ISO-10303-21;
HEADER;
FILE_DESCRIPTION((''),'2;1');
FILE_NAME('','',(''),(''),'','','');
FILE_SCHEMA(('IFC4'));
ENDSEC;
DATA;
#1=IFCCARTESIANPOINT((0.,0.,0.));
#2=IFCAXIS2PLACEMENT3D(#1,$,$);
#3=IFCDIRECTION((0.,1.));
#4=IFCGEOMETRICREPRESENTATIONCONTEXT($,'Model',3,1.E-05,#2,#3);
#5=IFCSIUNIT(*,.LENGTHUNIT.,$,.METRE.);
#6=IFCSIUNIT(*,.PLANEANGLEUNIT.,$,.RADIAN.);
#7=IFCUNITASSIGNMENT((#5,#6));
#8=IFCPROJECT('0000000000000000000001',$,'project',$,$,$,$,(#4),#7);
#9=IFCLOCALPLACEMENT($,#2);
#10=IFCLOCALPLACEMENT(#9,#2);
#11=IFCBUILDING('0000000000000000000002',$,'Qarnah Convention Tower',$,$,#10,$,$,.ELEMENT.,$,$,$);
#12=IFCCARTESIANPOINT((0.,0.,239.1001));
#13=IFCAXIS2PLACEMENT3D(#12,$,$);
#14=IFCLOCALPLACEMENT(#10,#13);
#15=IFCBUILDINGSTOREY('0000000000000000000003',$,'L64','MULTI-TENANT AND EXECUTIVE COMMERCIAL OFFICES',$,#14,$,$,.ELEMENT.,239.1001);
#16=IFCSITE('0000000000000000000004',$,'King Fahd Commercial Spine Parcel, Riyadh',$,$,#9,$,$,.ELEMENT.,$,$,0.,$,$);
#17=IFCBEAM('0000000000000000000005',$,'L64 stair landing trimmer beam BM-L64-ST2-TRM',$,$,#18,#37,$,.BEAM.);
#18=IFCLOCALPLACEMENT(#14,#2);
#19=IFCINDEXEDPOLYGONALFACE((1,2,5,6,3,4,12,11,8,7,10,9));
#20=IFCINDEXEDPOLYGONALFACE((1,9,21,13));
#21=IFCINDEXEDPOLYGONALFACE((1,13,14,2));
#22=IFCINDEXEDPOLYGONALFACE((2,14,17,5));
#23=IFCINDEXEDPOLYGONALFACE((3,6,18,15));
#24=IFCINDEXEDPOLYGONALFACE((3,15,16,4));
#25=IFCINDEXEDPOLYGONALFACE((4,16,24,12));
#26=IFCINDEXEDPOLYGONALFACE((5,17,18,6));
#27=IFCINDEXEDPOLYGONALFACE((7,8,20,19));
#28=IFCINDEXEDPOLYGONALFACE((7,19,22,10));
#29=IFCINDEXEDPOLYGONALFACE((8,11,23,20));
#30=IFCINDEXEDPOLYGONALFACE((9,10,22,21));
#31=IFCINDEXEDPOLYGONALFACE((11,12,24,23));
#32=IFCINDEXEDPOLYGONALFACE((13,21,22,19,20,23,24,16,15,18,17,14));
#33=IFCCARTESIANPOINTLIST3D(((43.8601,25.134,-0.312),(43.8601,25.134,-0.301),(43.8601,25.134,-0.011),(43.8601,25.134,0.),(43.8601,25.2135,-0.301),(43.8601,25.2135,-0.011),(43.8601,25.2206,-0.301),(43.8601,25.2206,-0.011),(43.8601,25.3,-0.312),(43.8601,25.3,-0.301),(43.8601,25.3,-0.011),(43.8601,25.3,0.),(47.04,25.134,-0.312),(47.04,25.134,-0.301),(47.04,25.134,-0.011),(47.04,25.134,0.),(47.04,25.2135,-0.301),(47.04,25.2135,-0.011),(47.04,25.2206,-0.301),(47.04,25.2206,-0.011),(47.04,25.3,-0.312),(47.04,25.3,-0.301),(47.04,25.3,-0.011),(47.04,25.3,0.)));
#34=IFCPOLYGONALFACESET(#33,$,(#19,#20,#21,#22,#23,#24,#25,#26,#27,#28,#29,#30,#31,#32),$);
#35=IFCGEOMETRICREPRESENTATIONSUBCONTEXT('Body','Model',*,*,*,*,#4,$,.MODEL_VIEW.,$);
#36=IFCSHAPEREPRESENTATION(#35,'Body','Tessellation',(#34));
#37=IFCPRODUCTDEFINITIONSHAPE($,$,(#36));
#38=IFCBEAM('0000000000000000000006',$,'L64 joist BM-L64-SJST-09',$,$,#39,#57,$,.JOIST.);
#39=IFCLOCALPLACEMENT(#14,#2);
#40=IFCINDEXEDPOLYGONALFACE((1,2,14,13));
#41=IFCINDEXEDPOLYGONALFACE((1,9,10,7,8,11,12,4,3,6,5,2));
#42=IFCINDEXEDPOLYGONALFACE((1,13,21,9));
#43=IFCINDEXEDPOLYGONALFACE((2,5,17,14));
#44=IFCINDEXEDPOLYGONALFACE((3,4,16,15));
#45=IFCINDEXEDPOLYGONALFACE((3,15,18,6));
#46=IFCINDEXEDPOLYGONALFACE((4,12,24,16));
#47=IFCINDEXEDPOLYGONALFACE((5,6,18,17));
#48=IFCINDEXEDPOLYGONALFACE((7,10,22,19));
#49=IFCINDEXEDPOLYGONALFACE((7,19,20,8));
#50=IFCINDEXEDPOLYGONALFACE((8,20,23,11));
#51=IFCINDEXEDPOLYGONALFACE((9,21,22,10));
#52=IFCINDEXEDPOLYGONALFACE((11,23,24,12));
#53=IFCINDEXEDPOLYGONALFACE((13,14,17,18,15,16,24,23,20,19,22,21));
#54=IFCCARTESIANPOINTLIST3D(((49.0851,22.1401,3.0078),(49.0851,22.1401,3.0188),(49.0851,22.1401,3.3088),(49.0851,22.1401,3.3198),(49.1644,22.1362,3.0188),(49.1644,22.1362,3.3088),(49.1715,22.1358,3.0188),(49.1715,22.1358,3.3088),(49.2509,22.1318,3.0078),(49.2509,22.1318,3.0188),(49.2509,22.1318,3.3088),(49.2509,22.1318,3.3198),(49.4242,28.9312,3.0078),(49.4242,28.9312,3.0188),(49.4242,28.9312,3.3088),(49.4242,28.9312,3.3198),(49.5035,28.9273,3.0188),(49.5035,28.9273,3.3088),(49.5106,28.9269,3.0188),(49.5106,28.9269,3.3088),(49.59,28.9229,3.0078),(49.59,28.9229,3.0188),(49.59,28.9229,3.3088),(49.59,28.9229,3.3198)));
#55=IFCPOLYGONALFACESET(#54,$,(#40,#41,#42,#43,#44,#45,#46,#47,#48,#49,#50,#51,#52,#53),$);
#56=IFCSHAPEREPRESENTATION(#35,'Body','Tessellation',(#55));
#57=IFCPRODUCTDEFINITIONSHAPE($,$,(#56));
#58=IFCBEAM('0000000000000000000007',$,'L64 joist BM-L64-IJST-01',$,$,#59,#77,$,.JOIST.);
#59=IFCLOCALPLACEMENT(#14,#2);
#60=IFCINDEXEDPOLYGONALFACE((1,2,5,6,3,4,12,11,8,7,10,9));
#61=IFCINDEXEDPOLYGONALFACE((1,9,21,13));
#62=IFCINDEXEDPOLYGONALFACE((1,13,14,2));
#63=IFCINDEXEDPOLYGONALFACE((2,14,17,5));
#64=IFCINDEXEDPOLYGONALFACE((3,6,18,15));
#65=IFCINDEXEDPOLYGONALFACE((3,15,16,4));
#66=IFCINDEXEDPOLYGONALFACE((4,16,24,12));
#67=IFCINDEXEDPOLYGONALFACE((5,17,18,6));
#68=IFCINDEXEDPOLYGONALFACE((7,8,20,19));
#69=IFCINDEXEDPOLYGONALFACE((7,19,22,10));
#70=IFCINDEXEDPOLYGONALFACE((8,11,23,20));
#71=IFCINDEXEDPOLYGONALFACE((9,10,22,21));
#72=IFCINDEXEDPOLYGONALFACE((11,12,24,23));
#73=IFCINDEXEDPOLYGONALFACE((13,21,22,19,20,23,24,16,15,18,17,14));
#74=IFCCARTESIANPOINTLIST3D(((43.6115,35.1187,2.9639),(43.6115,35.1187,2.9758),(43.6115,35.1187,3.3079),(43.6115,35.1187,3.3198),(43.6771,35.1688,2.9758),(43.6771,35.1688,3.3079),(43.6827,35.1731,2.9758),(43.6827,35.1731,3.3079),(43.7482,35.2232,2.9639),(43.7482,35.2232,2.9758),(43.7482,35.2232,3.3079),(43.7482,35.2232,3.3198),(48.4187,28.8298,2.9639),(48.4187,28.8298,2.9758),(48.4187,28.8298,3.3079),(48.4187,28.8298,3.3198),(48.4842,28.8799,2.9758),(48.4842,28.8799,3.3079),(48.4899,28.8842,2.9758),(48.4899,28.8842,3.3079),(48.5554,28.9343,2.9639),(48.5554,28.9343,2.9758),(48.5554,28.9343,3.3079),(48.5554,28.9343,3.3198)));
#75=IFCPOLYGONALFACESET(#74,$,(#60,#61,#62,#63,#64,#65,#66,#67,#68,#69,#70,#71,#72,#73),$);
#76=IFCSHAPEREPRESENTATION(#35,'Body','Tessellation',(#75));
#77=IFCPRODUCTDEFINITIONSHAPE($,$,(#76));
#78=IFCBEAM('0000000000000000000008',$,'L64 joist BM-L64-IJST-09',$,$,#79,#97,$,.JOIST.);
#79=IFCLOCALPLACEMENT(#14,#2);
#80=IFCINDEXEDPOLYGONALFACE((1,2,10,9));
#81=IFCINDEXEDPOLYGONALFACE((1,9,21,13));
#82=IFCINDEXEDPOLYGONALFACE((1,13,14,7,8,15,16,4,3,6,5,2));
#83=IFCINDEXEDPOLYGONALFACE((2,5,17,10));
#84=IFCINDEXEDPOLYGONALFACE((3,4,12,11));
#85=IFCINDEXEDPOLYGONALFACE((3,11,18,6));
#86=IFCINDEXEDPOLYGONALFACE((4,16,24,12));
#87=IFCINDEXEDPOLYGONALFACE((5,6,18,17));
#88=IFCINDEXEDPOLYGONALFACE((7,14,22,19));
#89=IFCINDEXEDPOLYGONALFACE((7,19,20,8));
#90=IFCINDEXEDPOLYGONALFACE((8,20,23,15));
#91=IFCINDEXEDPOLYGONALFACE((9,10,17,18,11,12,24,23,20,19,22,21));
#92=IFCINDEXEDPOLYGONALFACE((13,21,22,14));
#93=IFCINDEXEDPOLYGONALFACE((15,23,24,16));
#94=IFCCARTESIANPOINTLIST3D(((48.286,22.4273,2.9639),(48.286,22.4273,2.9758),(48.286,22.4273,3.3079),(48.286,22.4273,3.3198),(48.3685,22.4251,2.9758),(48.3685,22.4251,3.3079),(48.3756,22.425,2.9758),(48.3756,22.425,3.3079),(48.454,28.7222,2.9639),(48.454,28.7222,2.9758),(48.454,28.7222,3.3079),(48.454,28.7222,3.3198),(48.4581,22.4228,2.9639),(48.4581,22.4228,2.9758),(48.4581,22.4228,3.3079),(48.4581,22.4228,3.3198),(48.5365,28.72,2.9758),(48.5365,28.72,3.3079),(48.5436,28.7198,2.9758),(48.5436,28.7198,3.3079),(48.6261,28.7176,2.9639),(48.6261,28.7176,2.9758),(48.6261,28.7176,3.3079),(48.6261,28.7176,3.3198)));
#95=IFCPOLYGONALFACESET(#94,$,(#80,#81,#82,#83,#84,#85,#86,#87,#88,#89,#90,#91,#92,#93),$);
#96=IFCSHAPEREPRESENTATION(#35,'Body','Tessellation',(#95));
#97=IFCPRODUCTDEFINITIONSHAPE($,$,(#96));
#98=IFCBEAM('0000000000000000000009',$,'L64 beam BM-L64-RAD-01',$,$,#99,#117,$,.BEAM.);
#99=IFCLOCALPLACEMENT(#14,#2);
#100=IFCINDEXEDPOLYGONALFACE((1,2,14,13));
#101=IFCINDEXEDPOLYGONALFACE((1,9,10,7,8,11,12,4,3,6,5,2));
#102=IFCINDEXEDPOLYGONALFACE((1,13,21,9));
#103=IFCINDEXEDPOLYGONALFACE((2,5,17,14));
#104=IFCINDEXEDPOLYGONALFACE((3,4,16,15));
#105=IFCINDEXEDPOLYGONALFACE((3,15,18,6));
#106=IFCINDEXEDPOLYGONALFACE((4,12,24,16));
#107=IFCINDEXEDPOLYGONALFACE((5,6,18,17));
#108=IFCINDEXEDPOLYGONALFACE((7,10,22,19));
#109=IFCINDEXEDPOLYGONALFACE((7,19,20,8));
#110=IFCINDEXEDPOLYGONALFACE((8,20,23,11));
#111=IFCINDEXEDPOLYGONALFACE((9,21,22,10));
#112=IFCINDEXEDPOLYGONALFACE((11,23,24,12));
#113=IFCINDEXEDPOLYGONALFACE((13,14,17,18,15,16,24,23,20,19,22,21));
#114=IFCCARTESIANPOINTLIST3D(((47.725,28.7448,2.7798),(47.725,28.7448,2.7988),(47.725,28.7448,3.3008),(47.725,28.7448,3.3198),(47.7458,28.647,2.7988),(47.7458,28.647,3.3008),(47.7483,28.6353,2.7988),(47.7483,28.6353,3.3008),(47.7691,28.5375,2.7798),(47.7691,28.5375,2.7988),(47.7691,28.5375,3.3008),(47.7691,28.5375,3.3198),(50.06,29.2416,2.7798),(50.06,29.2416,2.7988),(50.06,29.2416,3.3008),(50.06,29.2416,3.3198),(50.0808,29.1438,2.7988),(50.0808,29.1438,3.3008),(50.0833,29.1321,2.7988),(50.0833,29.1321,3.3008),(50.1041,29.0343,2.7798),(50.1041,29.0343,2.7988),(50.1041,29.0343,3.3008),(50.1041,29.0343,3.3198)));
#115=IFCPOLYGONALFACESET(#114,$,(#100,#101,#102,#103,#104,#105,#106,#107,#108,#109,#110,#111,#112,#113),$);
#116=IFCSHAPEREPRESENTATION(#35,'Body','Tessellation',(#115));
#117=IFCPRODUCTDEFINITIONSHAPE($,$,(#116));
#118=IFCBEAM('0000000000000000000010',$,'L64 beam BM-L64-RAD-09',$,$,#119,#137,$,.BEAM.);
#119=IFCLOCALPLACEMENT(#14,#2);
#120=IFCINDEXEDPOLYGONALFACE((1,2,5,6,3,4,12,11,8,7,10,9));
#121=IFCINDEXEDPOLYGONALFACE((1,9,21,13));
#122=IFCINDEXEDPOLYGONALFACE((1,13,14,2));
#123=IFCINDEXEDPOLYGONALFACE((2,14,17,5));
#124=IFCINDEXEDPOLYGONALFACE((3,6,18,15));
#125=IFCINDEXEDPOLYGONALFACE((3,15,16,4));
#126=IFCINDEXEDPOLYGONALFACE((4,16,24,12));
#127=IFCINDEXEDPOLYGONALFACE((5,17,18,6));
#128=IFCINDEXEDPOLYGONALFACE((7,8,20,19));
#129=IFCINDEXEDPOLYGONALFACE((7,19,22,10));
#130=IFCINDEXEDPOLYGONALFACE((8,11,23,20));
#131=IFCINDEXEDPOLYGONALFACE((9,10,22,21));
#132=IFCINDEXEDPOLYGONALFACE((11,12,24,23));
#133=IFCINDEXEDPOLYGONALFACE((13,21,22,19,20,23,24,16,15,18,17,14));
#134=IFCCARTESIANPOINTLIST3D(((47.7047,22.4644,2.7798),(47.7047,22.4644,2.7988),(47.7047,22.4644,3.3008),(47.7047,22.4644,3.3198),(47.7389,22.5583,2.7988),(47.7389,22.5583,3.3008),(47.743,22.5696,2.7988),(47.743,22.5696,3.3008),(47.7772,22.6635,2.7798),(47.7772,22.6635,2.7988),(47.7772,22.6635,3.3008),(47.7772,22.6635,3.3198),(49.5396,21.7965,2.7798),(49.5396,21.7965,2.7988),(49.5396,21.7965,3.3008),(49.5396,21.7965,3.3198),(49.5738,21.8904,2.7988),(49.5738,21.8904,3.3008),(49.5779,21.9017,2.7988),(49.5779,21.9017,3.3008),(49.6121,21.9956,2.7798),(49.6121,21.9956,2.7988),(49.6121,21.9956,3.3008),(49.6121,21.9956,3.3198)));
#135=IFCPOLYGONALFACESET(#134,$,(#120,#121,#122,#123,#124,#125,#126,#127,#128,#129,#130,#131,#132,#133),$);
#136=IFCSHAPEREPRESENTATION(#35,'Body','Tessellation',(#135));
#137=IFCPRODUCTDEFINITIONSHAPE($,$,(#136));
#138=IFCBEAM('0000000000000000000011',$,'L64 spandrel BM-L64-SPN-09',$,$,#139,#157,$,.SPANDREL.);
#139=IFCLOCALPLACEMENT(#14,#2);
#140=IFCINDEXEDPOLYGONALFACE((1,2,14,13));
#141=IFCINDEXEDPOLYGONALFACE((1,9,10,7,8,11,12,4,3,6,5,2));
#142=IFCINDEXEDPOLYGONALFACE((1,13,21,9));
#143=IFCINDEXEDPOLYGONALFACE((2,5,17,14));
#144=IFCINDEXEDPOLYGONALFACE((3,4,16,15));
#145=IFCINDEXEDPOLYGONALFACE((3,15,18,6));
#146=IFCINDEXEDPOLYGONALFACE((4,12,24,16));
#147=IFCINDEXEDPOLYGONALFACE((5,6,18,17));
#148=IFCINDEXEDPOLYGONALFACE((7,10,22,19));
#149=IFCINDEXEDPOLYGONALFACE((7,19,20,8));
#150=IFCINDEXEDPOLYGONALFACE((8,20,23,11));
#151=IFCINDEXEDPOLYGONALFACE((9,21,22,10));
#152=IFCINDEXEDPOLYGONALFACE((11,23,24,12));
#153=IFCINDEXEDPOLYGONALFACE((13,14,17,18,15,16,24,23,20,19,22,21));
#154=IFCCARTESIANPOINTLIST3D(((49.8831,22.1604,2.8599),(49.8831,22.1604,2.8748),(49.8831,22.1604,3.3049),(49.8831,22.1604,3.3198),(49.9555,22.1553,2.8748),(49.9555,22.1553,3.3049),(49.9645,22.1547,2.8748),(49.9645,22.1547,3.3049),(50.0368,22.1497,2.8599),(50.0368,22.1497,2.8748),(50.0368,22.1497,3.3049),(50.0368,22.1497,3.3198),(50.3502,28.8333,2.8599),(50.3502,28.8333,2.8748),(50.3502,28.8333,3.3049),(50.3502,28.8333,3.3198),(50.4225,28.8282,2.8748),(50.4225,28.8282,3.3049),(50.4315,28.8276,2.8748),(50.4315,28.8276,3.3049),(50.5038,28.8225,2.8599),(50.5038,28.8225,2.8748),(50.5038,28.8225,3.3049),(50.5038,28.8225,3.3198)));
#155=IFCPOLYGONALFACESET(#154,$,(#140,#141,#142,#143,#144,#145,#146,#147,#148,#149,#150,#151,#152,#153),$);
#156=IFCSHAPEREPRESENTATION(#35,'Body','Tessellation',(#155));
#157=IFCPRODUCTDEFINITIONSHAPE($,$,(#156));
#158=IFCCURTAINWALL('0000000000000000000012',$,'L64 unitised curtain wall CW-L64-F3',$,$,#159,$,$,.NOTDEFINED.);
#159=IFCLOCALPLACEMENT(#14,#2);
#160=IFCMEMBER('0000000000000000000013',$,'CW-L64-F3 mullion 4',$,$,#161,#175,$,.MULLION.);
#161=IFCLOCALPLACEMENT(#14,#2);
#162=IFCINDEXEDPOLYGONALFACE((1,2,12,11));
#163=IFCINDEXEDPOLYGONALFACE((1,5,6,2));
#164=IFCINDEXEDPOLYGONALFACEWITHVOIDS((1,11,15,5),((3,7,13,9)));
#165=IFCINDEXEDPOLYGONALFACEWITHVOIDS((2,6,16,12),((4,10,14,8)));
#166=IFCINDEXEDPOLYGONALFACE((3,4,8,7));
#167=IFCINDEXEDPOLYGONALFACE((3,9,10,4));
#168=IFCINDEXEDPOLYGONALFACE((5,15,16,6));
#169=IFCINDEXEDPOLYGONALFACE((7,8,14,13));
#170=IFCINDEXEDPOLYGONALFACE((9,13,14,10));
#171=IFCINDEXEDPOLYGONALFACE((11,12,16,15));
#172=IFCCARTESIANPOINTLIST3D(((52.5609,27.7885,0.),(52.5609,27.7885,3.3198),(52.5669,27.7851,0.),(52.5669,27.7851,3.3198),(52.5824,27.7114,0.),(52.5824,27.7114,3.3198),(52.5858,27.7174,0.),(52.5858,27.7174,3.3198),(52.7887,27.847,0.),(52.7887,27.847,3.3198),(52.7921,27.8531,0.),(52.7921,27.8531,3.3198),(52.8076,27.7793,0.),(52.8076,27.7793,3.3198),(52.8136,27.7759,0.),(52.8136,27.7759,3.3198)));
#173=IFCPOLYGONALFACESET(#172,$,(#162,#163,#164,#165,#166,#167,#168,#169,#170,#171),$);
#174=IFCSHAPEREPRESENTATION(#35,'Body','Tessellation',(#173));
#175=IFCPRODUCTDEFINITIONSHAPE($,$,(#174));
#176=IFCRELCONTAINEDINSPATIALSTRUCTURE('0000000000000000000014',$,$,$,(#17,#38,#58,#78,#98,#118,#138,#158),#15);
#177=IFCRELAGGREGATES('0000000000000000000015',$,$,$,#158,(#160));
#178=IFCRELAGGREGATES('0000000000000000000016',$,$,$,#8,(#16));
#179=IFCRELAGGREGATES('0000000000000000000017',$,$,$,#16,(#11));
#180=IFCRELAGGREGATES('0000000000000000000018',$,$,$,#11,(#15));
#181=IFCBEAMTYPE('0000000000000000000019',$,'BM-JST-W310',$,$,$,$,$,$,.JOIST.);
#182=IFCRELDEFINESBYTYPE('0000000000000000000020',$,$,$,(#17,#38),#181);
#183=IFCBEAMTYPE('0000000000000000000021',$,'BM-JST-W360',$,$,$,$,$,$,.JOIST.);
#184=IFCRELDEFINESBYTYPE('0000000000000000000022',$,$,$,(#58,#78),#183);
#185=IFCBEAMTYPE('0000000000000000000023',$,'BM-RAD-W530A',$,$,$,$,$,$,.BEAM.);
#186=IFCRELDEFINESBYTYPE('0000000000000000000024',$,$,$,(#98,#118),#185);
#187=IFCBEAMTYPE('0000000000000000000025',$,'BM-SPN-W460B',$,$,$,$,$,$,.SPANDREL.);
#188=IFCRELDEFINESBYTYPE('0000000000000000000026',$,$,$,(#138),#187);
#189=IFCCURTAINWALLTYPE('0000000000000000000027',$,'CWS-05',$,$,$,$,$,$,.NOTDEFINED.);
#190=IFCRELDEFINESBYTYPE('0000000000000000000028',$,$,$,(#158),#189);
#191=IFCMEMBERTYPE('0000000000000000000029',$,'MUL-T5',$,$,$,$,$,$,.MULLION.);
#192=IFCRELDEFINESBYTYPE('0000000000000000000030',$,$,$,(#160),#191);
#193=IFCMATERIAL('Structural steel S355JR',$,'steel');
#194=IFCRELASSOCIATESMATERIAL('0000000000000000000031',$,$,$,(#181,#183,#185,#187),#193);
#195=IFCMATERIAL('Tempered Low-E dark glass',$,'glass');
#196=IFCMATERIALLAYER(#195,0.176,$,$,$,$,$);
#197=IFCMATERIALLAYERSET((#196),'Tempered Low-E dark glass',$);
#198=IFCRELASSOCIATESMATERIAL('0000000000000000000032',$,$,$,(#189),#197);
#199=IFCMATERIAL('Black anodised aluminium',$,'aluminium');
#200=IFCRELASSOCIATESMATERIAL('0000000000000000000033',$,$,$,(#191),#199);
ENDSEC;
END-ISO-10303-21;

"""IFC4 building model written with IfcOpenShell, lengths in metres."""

from ifc_helpers import new_model, si_unit, direction, frame, origin, origin_2d, place, context, subcontext, project, spatial, hollow_rectangle, i_section, extrude, material, layer, layer_set, material_profile, profile_set, type_object, element, aggregate, save


model = new_model("IFC4")

# Units and contexts
model_context = context("Model", 3, precision=1e-05, world=origin(), true_north=direction((0.0, 1.0)))
body_context = subcontext(model_context, "Body", "Model", "MODEL_VIEW")
ifc_project = project(units=[si_unit("LENGTHUNIT", "METRE"), si_unit("PLANEANGLEUNIT", "RADIAN")], contexts=[model_context])

# Site, building, storey
site_placement = place(None, origin())
site = spatial("IfcSite", under=ifc_project, at=site_placement, Name="King Fahd Commercial Spine Parcel, Riyadh", CompositionType="ELEMENT", RefElevation=0.0)
building_placement = place(site_placement, origin())
building = spatial("IfcBuilding", under=site, at=building_placement, Name="Qarnah Convention Tower", CompositionType="ELEMENT")
storey_placement = place(building_placement, frame((0.0, 0.0, 239.1001)))
storey = spatial("IfcBuildingStorey", under=building, at=storey_placement, Name="L64", Description="MULTI-TENANT AND EXECUTIVE COMMERCIAL OFFICES", CompositionType="ELEMENT", Elevation=239.1001)

# Beams
ifc_material_1 = material(Name="Structural steel S355JR", Category="steel")
ifc_material_profile_1 = material_profile(ifc_material_1, i_section(OverallWidth=0.166, OverallDepth=0.312, WebThickness=0.0071, FlangeThickness=0.011, at=origin_2d()), Name="W310X45")
ifc_profile_set_1 = profile_set([ifc_material_profile_1], Name="Structural steel S355JR")
beam_type_1 = type_object("IfcBeamType", Name="BM-JST-W310", PredefinedType="JOIST", material=ifc_profile_set_1)
beam_1_placement = place(storey_placement, frame((43.8601, 25.217, -0.156), z_axis=(1.0, 0.0, 0.0), x_axis=(0.0, 1.0, 0.0)))
element("IfcBeam", 1, at=beam_1_placement, inside=storey, type_object=beam_type_1, Name="L64 stair landing trimmer beam BM-L64-ST2-TRM", PredefinedType="BEAM", context=body_context, shape_type="SweptSolid", body=[
    extrude(i_section(OverallWidth=0.166, OverallDepth=0.312, WebThickness=0.0071, FlangeThickness=0.011, at=origin_2d()), origin(), (0.0, 0.0, 1.0), 3.1799),
])
beam_2_placement = place(storey_placement, frame((49.168, 22.136, 3.1638), z_axis=(0.049873, 0.998756, 0.0), x_axis=(-0.998756, 0.049873, 0.0)))
element("IfcBeam", 2, at=beam_2_placement, inside=storey, type_object=beam_type_1, Name="L64 joist BM-L64-SJST-09", PredefinedType="JOIST", context=body_context, shape_type="SweptSolid", body=[
    extrude(i_section(OverallWidth=0.166, OverallDepth=0.312, WebThickness=0.0071, FlangeThickness=0.011, at=origin_2d()), origin(), (0.0, 0.0, 1.0), 6.7996),
])
ifc_material_profile_2 = material_profile(ifc_material_1, i_section(OverallWidth=0.1721, OverallDepth=0.356, WebThickness=0.0071, FlangeThickness=0.012, at=origin_2d()), Name="W360X51")
ifc_profile_set_2 = profile_set([ifc_material_profile_2], Name="Structural steel S355JR")
beam_type_2 = type_object("IfcBeamType", Name="BM-JST-W360", PredefinedType="JOIST", material=ifc_profile_set_2)
beam_3_placement = place(storey_placement, frame((48.4871, 28.8821, 3.1418), z_axis=(-0.607293, 0.794478, 0.0), x_axis=(-0.794478, -0.607293, 0.0)))
element("IfcBeam", 3, at=beam_3_placement, inside=storey, type_object=beam_type_2, Name="L64 joist BM-L64-IJST-01", PredefinedType="JOIST", context=body_context, shape_type="SweptSolid", body=[
    extrude(i_section(OverallWidth=0.1721, OverallDepth=0.356, WebThickness=0.0071, FlangeThickness=0.012, at=origin_2d()), origin(), (0.0, 0.0, 1.0), 7.9158),
])
beam_4_placement = place(storey_placement, frame((48.3721, 22.425, 3.1418), z_axis=(0.026674, 0.999644, 0.0), x_axis=(-0.999644, 0.026674, 0.0)))
element("IfcBeam", 4, at=beam_4_placement, inside=storey, type_object=beam_type_2, Name="L64 joist BM-L64-IJST-09", PredefinedType="JOIST", context=body_context, shape_type="SweptSolid", body=[
    extrude(i_section(OverallWidth=0.1721, OverallDepth=0.356, WebThickness=0.0071, FlangeThickness=0.012, at=origin_2d()), origin(), (0.0, 0.0, 1.0), 6.2971),
])
ifc_material_profile_3 = material_profile(ifc_material_1, i_section(OverallWidth=0.2119, OverallDepth=0.54, WebThickness=0.012, FlangeThickness=0.019, at=origin_2d()), Name="W530X109")
ifc_profile_set_3 = profile_set([ifc_material_profile_3], Name="Structural steel S355JR")
beam_type_3 = type_object("IfcBeamType", Name="BM-RAD-W530A", PredefinedType="BEAM", material=ifc_profile_set_3)
beam_5_placement = place(storey_placement, frame((47.7471, 28.6411, 3.0498), z_axis=(0.978104, 0.208118, 0.0), x_axis=(-0.208118, 0.978104, 0.0)))
element("IfcBeam", 5, at=beam_5_placement, inside=storey, type_object=beam_type_3, Name="L64 beam BM-L64-RAD-01", PredefinedType="BEAM", context=body_context, shape_type="SweptSolid", body=[
    extrude(i_section(OverallWidth=0.2119, OverallDepth=0.54, WebThickness=0.012, FlangeThickness=0.019, at=origin_2d()), origin(), (0.0, 0.0, 1.0), 2.3872),
])
beam_6_placement = place(storey_placement, frame((47.741, 22.564, 3.0498), z_axis=(0.939677, -0.342064, 0.0), x_axis=(0.342064, 0.939677, 0.0)))
element("IfcBeam", 6, at=beam_6_placement, inside=storey, type_object=beam_type_3, Name="L64 beam BM-L64-RAD-09", PredefinedType="BEAM", context=body_context, shape_type="SweptSolid", body=[
    extrude(i_section(OverallWidth=0.2119, OverallDepth=0.54, WebThickness=0.012, FlangeThickness=0.019, at=origin_2d()), origin(), (0.0, 0.0, 1.0), 1.9526),
])
ifc_material_profile_4 = material_profile(ifc_material_1, i_section(OverallWidth=0.1541, OverallDepth=0.46, WebThickness=0.009, FlangeThickness=0.0149, at=origin_2d()), Name="W460X68")
ifc_profile_set_4 = profile_set([ifc_material_profile_4], Name="Structural steel S355JR")
beam_type_4 = type_object("IfcBeamType", Name="BM-SPN-W460B", PredefinedType="SPANDREL", material=ifc_profile_set_4)
beam_7_placement = place(storey_placement, frame((49.96, 22.155, 3.0898), z_axis=(0.06982, 0.99756, 0.0), x_axis=(-0.99756, 0.06982, 0.0)))
element("IfcBeam", 7, at=beam_7_placement, inside=storey, type_object=beam_type_4, Name="L64 spandrel BM-L64-SPN-09", PredefinedType="SPANDREL", context=body_context, shape_type="SweptSolid", body=[
    extrude(i_section(OverallWidth=0.1541, OverallDepth=0.46, WebThickness=0.009, FlangeThickness=0.0149, at=origin_2d()), origin(), (0.0, 0.0, 1.0), 6.6892),
])

# Curtain wall, member
ifc_material_2 = material(Name="Tempered Low-E dark glass", Category="glass")
ifc_layer_1 = layer(ifc_material_2, 0.176)
ifc_layer_set_1 = layer_set([ifc_layer_1], Name="Tempered Low-E dark glass")
curtain_wall_type = type_object("IfcCurtainWallType", Name="CWS-05", PredefinedType="NOTDEFINED", material=ifc_layer_set_1)
curtain_wall_placement = place(storey_placement, origin())
curtain_wall = element("IfcCurtainWall", 8, at=curtain_wall_placement, inside=storey, type_object=curtain_wall_type, Name="L64 unitised curtain wall CW-L64-F3", PredefinedType="NOTDEFINED")
ifc_material_3 = material(Name="Black anodised aluminium", Category="aluminium")
ifc_material_profile_5 = material_profile(ifc_material_3, hollow_rectangle(XDim=0.0801, YDim=0.24, WallThickness=0.0049, at=origin_2d()), Name="MUL-80X240")
ifc_profile_set_5 = profile_set([ifc_material_profile_5], Name="Black anodised aluminium")
member_type = type_object("IfcMemberType", Name="MUL-T5", PredefinedType="MULLION", material=ifc_profile_set_5)
member_1_placement = place(storey_placement, frame((52.6873, 27.7822, 0.0), z_axis=(0.0, 0.0, 1.0), x_axis=(0.268928, -0.96316, 0.0)))
member_1 = element("IfcMember", 9, at=member_1_placement, type_object=member_type, Name="CW-L64-F3 mullion 4", PredefinedType="MULLION", context=body_context, shape_type="SweptSolid", body=[
    extrude(hollow_rectangle(XDim=0.0801, YDim=0.24, WallThickness=0.0049, at=origin_2d()), origin(), (0.0, 0.0, 1.0), 3.3198),
])
aggregate(curtain_wall, [member_1])

save(model, "model.ifc")
